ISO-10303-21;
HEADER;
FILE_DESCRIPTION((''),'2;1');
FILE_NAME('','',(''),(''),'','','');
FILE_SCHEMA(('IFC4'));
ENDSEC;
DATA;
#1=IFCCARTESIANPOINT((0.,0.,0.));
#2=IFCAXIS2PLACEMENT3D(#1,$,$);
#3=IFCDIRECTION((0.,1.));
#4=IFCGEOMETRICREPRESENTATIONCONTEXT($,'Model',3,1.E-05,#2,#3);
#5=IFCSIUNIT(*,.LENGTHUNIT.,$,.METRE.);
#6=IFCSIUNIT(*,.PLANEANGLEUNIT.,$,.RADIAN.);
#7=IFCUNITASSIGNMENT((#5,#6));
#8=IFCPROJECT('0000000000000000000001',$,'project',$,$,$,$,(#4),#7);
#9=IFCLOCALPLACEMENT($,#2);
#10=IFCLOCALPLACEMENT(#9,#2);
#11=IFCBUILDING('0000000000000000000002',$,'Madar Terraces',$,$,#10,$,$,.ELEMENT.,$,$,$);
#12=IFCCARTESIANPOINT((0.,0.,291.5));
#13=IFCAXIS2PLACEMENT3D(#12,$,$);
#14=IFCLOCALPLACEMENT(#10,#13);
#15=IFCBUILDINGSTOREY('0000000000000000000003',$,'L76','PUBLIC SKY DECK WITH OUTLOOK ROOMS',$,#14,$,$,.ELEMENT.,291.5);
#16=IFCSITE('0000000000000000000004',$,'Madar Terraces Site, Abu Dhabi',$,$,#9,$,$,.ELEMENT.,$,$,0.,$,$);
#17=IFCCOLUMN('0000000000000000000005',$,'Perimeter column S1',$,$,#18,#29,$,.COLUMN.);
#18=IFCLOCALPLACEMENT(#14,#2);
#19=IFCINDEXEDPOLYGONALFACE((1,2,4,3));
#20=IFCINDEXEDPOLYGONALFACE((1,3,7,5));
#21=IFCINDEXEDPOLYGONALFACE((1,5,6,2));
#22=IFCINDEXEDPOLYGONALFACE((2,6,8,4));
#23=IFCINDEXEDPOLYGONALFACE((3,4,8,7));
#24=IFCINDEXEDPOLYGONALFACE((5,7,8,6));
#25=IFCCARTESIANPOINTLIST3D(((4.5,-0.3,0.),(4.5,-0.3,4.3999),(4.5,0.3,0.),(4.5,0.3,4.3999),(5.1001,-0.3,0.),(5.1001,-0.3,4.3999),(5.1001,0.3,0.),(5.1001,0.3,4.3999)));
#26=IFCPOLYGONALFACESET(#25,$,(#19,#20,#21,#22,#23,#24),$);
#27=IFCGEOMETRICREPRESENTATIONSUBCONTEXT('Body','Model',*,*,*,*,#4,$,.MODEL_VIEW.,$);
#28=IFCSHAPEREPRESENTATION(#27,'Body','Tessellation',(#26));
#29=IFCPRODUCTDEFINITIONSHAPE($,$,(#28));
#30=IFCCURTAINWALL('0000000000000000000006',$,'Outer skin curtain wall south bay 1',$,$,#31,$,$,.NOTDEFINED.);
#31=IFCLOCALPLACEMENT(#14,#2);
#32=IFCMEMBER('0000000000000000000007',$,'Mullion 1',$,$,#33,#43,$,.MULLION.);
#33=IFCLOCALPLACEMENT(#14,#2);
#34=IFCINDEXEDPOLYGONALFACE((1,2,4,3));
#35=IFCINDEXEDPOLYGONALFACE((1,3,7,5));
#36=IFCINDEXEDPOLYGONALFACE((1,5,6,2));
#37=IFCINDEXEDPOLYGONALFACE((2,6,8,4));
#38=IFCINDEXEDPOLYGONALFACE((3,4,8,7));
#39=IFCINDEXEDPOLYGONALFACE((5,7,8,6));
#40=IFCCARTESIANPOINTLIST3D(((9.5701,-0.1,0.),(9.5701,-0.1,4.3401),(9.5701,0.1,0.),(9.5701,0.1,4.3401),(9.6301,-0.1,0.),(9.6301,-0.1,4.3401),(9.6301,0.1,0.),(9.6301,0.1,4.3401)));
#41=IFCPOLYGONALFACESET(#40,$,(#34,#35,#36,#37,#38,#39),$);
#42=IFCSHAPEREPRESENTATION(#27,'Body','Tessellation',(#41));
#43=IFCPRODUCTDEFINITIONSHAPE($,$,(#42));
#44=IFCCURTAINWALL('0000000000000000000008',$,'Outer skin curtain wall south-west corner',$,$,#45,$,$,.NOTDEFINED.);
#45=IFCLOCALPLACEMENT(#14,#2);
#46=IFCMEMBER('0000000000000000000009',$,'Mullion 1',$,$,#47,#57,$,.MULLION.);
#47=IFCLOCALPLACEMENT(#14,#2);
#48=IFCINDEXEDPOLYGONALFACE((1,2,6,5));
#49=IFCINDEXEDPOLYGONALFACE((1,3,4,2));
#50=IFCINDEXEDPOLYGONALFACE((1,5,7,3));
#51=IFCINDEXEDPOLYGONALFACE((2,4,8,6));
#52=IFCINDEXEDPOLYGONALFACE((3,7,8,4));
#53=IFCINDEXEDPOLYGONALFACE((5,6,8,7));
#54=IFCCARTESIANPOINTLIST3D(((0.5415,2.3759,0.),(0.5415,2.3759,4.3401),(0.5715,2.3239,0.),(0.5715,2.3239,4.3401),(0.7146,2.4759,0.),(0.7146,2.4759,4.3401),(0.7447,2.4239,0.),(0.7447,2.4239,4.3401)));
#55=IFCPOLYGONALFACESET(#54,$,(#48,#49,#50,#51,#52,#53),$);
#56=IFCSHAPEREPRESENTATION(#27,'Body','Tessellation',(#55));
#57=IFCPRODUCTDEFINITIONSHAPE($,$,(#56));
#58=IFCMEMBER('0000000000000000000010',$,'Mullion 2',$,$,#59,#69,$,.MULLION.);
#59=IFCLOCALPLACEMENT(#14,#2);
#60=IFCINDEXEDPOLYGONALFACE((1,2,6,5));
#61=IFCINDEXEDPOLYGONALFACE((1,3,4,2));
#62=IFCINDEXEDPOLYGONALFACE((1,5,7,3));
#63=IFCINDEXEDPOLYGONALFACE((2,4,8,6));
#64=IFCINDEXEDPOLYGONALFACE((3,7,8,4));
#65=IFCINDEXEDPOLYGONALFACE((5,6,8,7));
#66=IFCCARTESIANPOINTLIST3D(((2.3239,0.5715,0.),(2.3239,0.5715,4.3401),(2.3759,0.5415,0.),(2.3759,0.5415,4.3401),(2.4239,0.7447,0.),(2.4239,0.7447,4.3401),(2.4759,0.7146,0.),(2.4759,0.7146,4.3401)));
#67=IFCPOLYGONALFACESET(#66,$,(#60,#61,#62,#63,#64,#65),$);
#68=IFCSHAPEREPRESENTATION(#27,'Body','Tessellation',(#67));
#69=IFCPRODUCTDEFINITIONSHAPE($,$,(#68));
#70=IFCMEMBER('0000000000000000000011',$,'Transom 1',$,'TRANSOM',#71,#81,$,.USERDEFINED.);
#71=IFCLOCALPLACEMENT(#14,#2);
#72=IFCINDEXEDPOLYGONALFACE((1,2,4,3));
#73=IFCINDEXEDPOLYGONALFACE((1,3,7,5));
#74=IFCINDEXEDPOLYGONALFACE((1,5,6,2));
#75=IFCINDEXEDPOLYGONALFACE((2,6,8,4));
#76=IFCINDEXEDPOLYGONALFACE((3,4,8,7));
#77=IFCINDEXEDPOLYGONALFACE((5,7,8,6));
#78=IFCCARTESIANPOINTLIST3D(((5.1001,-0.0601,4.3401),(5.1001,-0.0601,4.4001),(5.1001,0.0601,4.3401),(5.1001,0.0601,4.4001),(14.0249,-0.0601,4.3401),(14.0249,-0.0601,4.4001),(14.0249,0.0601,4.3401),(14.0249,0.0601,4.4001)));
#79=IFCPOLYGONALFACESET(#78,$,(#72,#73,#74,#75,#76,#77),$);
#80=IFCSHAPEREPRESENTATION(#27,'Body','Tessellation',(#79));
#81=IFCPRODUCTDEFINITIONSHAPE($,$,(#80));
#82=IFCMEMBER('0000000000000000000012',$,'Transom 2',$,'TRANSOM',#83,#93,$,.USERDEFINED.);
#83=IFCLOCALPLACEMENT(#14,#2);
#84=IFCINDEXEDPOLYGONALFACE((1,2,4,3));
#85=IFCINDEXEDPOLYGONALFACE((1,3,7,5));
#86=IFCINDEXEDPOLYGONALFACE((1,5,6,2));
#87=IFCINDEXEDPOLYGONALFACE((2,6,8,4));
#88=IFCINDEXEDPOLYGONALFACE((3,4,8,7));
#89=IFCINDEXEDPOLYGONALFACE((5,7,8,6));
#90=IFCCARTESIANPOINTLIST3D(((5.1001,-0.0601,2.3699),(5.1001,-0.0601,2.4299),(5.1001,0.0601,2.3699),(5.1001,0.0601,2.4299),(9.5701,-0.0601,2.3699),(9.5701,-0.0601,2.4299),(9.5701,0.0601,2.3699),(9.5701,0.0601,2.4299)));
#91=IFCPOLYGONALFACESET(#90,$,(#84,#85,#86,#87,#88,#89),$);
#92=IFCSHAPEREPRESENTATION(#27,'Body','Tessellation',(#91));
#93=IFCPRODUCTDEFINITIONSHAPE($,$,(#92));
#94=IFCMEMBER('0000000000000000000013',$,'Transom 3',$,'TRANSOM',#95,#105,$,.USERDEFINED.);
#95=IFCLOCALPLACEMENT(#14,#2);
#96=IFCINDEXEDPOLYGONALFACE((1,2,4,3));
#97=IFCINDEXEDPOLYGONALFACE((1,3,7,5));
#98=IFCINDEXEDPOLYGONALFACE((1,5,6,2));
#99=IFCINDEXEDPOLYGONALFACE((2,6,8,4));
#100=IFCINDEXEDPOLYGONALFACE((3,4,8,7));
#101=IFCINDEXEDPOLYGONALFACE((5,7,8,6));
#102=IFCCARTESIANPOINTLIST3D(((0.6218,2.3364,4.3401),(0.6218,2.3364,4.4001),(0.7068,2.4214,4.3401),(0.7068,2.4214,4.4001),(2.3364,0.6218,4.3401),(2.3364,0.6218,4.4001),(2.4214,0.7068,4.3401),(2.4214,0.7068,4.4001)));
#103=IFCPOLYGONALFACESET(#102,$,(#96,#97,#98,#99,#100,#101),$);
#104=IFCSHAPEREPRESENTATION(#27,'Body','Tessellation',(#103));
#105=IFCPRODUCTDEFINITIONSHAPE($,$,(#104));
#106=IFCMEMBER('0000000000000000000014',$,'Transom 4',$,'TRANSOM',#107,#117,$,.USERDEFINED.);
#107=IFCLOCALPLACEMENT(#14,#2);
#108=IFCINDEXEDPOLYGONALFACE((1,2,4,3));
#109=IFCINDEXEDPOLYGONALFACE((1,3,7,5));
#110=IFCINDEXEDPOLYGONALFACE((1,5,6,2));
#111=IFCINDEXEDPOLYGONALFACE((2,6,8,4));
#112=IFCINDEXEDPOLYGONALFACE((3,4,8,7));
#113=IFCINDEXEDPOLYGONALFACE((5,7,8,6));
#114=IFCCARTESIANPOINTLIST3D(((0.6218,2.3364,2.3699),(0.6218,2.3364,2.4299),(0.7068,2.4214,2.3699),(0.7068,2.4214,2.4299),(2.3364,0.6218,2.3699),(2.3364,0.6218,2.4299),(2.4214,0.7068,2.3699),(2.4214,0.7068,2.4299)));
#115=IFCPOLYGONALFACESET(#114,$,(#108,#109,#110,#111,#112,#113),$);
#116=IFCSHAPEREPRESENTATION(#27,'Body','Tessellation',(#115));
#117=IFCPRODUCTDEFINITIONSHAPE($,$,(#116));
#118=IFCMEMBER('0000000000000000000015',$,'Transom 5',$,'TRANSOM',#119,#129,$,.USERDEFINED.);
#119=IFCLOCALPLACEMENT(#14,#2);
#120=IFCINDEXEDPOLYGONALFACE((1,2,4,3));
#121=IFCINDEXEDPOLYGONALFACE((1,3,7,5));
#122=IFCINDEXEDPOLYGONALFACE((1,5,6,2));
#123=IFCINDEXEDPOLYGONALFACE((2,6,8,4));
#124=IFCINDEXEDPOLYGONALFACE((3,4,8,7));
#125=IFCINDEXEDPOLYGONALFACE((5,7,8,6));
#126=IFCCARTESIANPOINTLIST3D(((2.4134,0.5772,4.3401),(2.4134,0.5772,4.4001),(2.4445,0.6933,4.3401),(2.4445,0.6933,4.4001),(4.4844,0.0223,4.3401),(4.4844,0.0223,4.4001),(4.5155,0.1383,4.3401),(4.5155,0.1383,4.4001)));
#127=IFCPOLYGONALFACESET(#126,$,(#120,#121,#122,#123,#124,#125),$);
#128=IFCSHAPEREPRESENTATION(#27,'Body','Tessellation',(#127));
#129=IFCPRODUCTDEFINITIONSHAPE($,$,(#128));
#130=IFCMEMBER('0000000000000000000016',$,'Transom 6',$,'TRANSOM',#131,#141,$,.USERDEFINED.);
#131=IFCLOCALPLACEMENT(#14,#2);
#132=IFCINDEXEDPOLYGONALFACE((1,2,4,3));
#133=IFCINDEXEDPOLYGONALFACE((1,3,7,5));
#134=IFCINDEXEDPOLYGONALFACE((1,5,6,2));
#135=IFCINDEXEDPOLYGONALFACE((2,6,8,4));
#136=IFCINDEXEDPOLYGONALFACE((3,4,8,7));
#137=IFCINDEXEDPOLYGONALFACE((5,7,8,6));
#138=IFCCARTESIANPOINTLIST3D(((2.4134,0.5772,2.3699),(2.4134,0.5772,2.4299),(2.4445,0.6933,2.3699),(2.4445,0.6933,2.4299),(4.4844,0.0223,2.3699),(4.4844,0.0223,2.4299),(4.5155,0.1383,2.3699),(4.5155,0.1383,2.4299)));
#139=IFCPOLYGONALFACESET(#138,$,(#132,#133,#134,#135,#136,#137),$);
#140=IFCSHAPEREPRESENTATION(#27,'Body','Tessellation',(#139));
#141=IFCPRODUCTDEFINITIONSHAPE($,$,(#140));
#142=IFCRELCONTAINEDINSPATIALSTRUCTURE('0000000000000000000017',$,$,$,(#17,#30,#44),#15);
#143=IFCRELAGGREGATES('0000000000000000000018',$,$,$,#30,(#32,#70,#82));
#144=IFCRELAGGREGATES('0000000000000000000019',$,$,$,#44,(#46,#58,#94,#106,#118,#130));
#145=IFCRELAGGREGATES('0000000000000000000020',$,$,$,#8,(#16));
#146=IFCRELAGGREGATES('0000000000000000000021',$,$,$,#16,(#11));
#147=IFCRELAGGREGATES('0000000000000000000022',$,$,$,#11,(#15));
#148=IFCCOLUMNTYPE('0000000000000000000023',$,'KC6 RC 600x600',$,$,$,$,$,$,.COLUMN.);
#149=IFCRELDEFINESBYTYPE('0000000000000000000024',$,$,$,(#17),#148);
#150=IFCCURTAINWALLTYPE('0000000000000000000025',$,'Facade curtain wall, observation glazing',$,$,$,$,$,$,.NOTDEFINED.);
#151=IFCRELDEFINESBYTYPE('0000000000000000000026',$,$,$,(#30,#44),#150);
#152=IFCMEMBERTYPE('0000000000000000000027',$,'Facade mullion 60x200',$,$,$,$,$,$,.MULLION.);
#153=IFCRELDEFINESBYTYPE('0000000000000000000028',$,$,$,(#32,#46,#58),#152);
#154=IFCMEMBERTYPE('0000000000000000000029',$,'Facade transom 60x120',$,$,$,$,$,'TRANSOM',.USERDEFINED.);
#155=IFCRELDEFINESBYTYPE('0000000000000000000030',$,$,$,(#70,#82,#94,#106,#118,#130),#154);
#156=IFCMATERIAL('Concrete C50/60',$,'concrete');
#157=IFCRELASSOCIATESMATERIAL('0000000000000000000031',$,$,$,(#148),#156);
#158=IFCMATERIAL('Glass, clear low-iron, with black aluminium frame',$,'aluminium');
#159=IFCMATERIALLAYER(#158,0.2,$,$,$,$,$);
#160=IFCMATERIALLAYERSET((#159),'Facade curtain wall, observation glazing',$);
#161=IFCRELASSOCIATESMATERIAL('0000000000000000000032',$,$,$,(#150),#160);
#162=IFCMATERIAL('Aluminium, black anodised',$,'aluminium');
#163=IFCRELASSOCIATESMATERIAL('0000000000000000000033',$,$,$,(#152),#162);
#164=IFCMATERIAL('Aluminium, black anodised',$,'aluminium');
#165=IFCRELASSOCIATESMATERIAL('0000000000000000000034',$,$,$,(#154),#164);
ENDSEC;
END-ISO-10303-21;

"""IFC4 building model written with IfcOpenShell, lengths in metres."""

from ifc_helpers import new_model, si_unit, direction, frame, origin, origin_2d, place, context, subcontext, project, spatial, rectangle, extrude, material, layer, layer_set, material_profile, profile_set, type_object, element, aggregate, save


model = new_model("IFC4")

# Units and contexts
model_context = context("Model", 3, precision=1e-05, world=origin(), true_north=direction((0.0, 1.0)))
body_context = subcontext(model_context, "Body", "Model", "MODEL_VIEW")
ifc_project = project(units=[si_unit("LENGTHUNIT", "METRE"), si_unit("PLANEANGLEUNIT", "RADIAN")], contexts=[model_context])

# Site, building, storey
site_placement = place(None, origin())
site = spatial("IfcSite", under=ifc_project, at=site_placement, Name="Madar Terraces Site, Abu Dhabi", CompositionType="ELEMENT", RefElevation=0.0)
building_placement = place(site_placement, origin())
building = spatial("IfcBuilding", under=site, at=building_placement, Name="Madar Terraces", CompositionType="ELEMENT")
storey_placement = place(building_placement, frame((0.0, 0.0, 291.5)))
storey = spatial("IfcBuildingStorey", under=building, at=storey_placement, Name="L76", Description="PUBLIC SKY DECK WITH OUTLOOK ROOMS", CompositionType="ELEMENT", Elevation=291.5)

# Column
ifc_material_1 = material(Name="Concrete C50/60", Category="concrete")
ifc_material_profile_1 = material_profile(ifc_material_1, rectangle(XDim=0.6001, YDim=0.6001, at=origin_2d()), Name="KC6 RC 600x600")
ifc_profile_set_1 = profile_set([ifc_material_profile_1], Name="Concrete C50/60")
column_type = type_object("IfcColumnType", Name="KC6 RC 600x600", PredefinedType="COLUMN", material=ifc_profile_set_1)
column_placement = place(storey_placement, frame((4.8, 0.0, 0.0), z_axis=(0.0, 0.0, 1.0), x_axis=(1.0, 0.0, 0.0)))
element("IfcColumn", 1, at=column_placement, inside=storey, type_object=column_type, Name="Perimeter column S1", PredefinedType="COLUMN", context=body_context, shape_type="SweptSolid", body=[
    extrude(rectangle(XDim=0.6001, YDim=0.6001, at=origin_2d()), origin(), (0.0, 0.0, 1.0), 4.3999),
])

# Curtain wall, member
ifc_material_2 = material(Name="Glass, clear low-iron, with black aluminium frame", Category="aluminium")
ifc_layer_1 = layer(ifc_material_2, 0.2)
ifc_layer_set_1 = layer_set([ifc_layer_1], Name="Facade curtain wall, observation glazing")
curtain_wall_type = type_object("IfcCurtainWallType", Name="Facade curtain wall, observation glazing", PredefinedType="NOTDEFINED", material=ifc_layer_set_1)
curtain_wall_1_placement = place(storey_placement, origin())
curtain_wall_1 = element("IfcCurtainWall", 2, at=curtain_wall_1_placement, inside=storey, type_object=curtain_wall_type, Name="Outer skin curtain wall south bay 1", PredefinedType="NOTDEFINED")
ifc_material_3 = material(Name="Aluminium, black anodised", Category="aluminium")
ifc_material_profile_2 = material_profile(ifc_material_3, rectangle(XDim=0.2, YDim=0.0601, at=origin_2d()), Name="Facade mullion 60x200")
ifc_profile_set_2 = profile_set([ifc_material_profile_2], Name="Aluminium, black anodised")
member_type_1 = type_object("IfcMemberType", Name="Facade mullion 60x200", PredefinedType="MULLION", material=ifc_profile_set_2)
member_1_placement = place(storey_placement, frame((9.6001, 0.0, 0.0), z_axis=(0.0, 0.0, 1.0), x_axis=(0.0, 1.0, 0.0)))
member_1 = element("IfcMember", 3, at=member_1_placement, type_object=member_type_1, Name="Mullion 1", PredefinedType="MULLION", context=body_context, shape_type="SweptSolid", body=[
    extrude(rectangle(XDim=0.2, YDim=0.0601, at=origin_2d()), origin(), (0.0, 0.0, 1.0), 4.3401),
])

# Curtain wall, members
curtain_wall_2_placement = place(storey_placement, origin())
curtain_wall_2 = element("IfcCurtainWall", 4, at=curtain_wall_2_placement, inside=storey, type_object=curtain_wall_type, Name="Outer skin curtain wall south-west corner", PredefinedType="NOTDEFINED")
member_2_placement = place(storey_placement, frame((0.6431, 2.3999, 0.0), z_axis=(0.0, 0.0, 1.0), x_axis=(0.866025, 0.5, 0.0)))
member_2 = element("IfcMember", 5, at=member_2_placement, type_object=member_type_1, Name="Mullion 1", PredefinedType="MULLION", context=body_context, shape_type="SweptSolid", body=[
    extrude(rectangle(XDim=0.2, YDim=0.0601, at=origin_2d()), origin(), (0.0, 0.0, 1.0), 4.3401),
])
member_3_placement = place(storey_placement, frame((2.3999, 0.6431, 0.0), z_axis=(0.0, 0.0, 1.0), x_axis=(0.5, 0.866025, 0.0)))
member_3 = element("IfcMember", 6, at=member_3_placement, type_object=member_type_1, Name="Mullion 2", PredefinedType="MULLION", context=body_context, shape_type="SweptSolid", body=[
    extrude(rectangle(XDim=0.2, YDim=0.0601, at=origin_2d()), origin(), (0.0, 0.0, 1.0), 4.3401),
])

# Members
ifc_material_4 = material(Name="Aluminium, black anodised", Category="aluminium")
ifc_material_profile_3 = material_profile(ifc_material_4, rectangle(XDim=0.1201, YDim=0.0601, at=origin_2d()), Name="Facade transom 60x120")
ifc_profile_set_3 = profile_set([ifc_material_profile_3], Name="Aluminium, black anodised")
member_type_2 = type_object("IfcMemberType", Name="Facade transom 60x120", ElementType="TRANSOM", PredefinedType="USERDEFINED", material=ifc_profile_set_3)
member_4_placement = place(storey_placement, frame((5.1001, 0.0, 4.3701), z_axis=(1.0, 0.0, 0.0), x_axis=(0.0, 1.0, 0.0)))
member_4 = element("IfcMember", 7, at=member_4_placement, type_object=member_type_2, Name="Transom 1", ObjectType="TRANSOM", PredefinedType="USERDEFINED", context=body_context, shape_type="SweptSolid", body=[
    extrude(rectangle(XDim=0.1201, YDim=0.0601, at=origin_2d()), origin(), (0.0, 0.0, 1.0), 8.9248),
])
member_5_placement = place(storey_placement, frame((5.1001, 0.0, 2.3999), z_axis=(1.0, 0.0, 0.0), x_axis=(0.0, 1.0, 0.0)))
member_5 = element("IfcMember", 8, at=member_5_placement, type_object=member_type_2, Name="Transom 2", ObjectType="TRANSOM", PredefinedType="USERDEFINED", context=body_context, shape_type="SweptSolid", body=[
    extrude(rectangle(XDim=0.1201, YDim=0.0601, at=origin_2d()), origin(), (0.0, 0.0, 1.0), 4.47),
])
member_6_placement = place(storey_placement, frame((0.6643, 2.3789, 4.3701), z_axis=(0.707107, -0.707107, 0.0), x_axis=(0.707107, 0.707107, 0.0)))
member_6 = element("IfcMember", 9, at=member_6_placement, type_object=member_type_2, Name="Transom 3", ObjectType="TRANSOM", PredefinedType="USERDEFINED", context=body_context, shape_type="SweptSolid", body=[
    extrude(rectangle(XDim=0.1201, YDim=0.0601, at=origin_2d()), origin(), (0.0, 0.0, 1.0), 2.4248),
])
member_7_placement = place(storey_placement, frame((0.6643, 2.3789, 2.3999), z_axis=(0.707107, -0.707107, 0.0), x_axis=(0.707107, 0.707107, 0.0)))
member_7 = element("IfcMember", 10, at=member_7_placement, type_object=member_type_2, Name="Transom 4", ObjectType="TRANSOM", PredefinedType="USERDEFINED", context=body_context, shape_type="SweptSolid", body=[
    extrude(rectangle(XDim=0.1201, YDim=0.0601, at=origin_2d()), origin(), (0.0, 0.0, 1.0), 2.4248),
])
member_8_placement = place(storey_placement, frame((2.429, 0.6353, 4.3701), z_axis=(0.965926, -0.258818, 0.0), x_axis=(0.258818, 0.965926, 0.0)))
member_8 = element("IfcMember", 11, at=member_8_placement, type_object=member_type_2, Name="Transom 5", ObjectType="TRANSOM", PredefinedType="USERDEFINED", context=body_context, shape_type="SweptSolid", body=[
    extrude(rectangle(XDim=0.1201, YDim=0.0601, at=origin_2d()), origin(), (0.0, 0.0, 1.0), 2.144),
])
member_9_placement = place(storey_placement, frame((2.429, 0.6353, 2.3999), z_axis=(0.965926, -0.258818, 0.0), x_axis=(0.258818, 0.965926, 0.0)))
member_9 = element("IfcMember", 12, at=member_9_placement, type_object=member_type_2, Name="Transom 6", ObjectType="TRANSOM", PredefinedType="USERDEFINED", context=body_context, shape_type="SweptSolid", body=[
    extrude(rectangle(XDim=0.1201, YDim=0.0601, at=origin_2d()), origin(), (0.0, 0.0, 1.0), 2.144),
])

aggregate(curtain_wall_1, [member_1, member_4, member_5])
aggregate(curtain_wall_2, [member_2, member_3, member_6, member_7, member_8, member_9])

save(model, "model.ifc")
